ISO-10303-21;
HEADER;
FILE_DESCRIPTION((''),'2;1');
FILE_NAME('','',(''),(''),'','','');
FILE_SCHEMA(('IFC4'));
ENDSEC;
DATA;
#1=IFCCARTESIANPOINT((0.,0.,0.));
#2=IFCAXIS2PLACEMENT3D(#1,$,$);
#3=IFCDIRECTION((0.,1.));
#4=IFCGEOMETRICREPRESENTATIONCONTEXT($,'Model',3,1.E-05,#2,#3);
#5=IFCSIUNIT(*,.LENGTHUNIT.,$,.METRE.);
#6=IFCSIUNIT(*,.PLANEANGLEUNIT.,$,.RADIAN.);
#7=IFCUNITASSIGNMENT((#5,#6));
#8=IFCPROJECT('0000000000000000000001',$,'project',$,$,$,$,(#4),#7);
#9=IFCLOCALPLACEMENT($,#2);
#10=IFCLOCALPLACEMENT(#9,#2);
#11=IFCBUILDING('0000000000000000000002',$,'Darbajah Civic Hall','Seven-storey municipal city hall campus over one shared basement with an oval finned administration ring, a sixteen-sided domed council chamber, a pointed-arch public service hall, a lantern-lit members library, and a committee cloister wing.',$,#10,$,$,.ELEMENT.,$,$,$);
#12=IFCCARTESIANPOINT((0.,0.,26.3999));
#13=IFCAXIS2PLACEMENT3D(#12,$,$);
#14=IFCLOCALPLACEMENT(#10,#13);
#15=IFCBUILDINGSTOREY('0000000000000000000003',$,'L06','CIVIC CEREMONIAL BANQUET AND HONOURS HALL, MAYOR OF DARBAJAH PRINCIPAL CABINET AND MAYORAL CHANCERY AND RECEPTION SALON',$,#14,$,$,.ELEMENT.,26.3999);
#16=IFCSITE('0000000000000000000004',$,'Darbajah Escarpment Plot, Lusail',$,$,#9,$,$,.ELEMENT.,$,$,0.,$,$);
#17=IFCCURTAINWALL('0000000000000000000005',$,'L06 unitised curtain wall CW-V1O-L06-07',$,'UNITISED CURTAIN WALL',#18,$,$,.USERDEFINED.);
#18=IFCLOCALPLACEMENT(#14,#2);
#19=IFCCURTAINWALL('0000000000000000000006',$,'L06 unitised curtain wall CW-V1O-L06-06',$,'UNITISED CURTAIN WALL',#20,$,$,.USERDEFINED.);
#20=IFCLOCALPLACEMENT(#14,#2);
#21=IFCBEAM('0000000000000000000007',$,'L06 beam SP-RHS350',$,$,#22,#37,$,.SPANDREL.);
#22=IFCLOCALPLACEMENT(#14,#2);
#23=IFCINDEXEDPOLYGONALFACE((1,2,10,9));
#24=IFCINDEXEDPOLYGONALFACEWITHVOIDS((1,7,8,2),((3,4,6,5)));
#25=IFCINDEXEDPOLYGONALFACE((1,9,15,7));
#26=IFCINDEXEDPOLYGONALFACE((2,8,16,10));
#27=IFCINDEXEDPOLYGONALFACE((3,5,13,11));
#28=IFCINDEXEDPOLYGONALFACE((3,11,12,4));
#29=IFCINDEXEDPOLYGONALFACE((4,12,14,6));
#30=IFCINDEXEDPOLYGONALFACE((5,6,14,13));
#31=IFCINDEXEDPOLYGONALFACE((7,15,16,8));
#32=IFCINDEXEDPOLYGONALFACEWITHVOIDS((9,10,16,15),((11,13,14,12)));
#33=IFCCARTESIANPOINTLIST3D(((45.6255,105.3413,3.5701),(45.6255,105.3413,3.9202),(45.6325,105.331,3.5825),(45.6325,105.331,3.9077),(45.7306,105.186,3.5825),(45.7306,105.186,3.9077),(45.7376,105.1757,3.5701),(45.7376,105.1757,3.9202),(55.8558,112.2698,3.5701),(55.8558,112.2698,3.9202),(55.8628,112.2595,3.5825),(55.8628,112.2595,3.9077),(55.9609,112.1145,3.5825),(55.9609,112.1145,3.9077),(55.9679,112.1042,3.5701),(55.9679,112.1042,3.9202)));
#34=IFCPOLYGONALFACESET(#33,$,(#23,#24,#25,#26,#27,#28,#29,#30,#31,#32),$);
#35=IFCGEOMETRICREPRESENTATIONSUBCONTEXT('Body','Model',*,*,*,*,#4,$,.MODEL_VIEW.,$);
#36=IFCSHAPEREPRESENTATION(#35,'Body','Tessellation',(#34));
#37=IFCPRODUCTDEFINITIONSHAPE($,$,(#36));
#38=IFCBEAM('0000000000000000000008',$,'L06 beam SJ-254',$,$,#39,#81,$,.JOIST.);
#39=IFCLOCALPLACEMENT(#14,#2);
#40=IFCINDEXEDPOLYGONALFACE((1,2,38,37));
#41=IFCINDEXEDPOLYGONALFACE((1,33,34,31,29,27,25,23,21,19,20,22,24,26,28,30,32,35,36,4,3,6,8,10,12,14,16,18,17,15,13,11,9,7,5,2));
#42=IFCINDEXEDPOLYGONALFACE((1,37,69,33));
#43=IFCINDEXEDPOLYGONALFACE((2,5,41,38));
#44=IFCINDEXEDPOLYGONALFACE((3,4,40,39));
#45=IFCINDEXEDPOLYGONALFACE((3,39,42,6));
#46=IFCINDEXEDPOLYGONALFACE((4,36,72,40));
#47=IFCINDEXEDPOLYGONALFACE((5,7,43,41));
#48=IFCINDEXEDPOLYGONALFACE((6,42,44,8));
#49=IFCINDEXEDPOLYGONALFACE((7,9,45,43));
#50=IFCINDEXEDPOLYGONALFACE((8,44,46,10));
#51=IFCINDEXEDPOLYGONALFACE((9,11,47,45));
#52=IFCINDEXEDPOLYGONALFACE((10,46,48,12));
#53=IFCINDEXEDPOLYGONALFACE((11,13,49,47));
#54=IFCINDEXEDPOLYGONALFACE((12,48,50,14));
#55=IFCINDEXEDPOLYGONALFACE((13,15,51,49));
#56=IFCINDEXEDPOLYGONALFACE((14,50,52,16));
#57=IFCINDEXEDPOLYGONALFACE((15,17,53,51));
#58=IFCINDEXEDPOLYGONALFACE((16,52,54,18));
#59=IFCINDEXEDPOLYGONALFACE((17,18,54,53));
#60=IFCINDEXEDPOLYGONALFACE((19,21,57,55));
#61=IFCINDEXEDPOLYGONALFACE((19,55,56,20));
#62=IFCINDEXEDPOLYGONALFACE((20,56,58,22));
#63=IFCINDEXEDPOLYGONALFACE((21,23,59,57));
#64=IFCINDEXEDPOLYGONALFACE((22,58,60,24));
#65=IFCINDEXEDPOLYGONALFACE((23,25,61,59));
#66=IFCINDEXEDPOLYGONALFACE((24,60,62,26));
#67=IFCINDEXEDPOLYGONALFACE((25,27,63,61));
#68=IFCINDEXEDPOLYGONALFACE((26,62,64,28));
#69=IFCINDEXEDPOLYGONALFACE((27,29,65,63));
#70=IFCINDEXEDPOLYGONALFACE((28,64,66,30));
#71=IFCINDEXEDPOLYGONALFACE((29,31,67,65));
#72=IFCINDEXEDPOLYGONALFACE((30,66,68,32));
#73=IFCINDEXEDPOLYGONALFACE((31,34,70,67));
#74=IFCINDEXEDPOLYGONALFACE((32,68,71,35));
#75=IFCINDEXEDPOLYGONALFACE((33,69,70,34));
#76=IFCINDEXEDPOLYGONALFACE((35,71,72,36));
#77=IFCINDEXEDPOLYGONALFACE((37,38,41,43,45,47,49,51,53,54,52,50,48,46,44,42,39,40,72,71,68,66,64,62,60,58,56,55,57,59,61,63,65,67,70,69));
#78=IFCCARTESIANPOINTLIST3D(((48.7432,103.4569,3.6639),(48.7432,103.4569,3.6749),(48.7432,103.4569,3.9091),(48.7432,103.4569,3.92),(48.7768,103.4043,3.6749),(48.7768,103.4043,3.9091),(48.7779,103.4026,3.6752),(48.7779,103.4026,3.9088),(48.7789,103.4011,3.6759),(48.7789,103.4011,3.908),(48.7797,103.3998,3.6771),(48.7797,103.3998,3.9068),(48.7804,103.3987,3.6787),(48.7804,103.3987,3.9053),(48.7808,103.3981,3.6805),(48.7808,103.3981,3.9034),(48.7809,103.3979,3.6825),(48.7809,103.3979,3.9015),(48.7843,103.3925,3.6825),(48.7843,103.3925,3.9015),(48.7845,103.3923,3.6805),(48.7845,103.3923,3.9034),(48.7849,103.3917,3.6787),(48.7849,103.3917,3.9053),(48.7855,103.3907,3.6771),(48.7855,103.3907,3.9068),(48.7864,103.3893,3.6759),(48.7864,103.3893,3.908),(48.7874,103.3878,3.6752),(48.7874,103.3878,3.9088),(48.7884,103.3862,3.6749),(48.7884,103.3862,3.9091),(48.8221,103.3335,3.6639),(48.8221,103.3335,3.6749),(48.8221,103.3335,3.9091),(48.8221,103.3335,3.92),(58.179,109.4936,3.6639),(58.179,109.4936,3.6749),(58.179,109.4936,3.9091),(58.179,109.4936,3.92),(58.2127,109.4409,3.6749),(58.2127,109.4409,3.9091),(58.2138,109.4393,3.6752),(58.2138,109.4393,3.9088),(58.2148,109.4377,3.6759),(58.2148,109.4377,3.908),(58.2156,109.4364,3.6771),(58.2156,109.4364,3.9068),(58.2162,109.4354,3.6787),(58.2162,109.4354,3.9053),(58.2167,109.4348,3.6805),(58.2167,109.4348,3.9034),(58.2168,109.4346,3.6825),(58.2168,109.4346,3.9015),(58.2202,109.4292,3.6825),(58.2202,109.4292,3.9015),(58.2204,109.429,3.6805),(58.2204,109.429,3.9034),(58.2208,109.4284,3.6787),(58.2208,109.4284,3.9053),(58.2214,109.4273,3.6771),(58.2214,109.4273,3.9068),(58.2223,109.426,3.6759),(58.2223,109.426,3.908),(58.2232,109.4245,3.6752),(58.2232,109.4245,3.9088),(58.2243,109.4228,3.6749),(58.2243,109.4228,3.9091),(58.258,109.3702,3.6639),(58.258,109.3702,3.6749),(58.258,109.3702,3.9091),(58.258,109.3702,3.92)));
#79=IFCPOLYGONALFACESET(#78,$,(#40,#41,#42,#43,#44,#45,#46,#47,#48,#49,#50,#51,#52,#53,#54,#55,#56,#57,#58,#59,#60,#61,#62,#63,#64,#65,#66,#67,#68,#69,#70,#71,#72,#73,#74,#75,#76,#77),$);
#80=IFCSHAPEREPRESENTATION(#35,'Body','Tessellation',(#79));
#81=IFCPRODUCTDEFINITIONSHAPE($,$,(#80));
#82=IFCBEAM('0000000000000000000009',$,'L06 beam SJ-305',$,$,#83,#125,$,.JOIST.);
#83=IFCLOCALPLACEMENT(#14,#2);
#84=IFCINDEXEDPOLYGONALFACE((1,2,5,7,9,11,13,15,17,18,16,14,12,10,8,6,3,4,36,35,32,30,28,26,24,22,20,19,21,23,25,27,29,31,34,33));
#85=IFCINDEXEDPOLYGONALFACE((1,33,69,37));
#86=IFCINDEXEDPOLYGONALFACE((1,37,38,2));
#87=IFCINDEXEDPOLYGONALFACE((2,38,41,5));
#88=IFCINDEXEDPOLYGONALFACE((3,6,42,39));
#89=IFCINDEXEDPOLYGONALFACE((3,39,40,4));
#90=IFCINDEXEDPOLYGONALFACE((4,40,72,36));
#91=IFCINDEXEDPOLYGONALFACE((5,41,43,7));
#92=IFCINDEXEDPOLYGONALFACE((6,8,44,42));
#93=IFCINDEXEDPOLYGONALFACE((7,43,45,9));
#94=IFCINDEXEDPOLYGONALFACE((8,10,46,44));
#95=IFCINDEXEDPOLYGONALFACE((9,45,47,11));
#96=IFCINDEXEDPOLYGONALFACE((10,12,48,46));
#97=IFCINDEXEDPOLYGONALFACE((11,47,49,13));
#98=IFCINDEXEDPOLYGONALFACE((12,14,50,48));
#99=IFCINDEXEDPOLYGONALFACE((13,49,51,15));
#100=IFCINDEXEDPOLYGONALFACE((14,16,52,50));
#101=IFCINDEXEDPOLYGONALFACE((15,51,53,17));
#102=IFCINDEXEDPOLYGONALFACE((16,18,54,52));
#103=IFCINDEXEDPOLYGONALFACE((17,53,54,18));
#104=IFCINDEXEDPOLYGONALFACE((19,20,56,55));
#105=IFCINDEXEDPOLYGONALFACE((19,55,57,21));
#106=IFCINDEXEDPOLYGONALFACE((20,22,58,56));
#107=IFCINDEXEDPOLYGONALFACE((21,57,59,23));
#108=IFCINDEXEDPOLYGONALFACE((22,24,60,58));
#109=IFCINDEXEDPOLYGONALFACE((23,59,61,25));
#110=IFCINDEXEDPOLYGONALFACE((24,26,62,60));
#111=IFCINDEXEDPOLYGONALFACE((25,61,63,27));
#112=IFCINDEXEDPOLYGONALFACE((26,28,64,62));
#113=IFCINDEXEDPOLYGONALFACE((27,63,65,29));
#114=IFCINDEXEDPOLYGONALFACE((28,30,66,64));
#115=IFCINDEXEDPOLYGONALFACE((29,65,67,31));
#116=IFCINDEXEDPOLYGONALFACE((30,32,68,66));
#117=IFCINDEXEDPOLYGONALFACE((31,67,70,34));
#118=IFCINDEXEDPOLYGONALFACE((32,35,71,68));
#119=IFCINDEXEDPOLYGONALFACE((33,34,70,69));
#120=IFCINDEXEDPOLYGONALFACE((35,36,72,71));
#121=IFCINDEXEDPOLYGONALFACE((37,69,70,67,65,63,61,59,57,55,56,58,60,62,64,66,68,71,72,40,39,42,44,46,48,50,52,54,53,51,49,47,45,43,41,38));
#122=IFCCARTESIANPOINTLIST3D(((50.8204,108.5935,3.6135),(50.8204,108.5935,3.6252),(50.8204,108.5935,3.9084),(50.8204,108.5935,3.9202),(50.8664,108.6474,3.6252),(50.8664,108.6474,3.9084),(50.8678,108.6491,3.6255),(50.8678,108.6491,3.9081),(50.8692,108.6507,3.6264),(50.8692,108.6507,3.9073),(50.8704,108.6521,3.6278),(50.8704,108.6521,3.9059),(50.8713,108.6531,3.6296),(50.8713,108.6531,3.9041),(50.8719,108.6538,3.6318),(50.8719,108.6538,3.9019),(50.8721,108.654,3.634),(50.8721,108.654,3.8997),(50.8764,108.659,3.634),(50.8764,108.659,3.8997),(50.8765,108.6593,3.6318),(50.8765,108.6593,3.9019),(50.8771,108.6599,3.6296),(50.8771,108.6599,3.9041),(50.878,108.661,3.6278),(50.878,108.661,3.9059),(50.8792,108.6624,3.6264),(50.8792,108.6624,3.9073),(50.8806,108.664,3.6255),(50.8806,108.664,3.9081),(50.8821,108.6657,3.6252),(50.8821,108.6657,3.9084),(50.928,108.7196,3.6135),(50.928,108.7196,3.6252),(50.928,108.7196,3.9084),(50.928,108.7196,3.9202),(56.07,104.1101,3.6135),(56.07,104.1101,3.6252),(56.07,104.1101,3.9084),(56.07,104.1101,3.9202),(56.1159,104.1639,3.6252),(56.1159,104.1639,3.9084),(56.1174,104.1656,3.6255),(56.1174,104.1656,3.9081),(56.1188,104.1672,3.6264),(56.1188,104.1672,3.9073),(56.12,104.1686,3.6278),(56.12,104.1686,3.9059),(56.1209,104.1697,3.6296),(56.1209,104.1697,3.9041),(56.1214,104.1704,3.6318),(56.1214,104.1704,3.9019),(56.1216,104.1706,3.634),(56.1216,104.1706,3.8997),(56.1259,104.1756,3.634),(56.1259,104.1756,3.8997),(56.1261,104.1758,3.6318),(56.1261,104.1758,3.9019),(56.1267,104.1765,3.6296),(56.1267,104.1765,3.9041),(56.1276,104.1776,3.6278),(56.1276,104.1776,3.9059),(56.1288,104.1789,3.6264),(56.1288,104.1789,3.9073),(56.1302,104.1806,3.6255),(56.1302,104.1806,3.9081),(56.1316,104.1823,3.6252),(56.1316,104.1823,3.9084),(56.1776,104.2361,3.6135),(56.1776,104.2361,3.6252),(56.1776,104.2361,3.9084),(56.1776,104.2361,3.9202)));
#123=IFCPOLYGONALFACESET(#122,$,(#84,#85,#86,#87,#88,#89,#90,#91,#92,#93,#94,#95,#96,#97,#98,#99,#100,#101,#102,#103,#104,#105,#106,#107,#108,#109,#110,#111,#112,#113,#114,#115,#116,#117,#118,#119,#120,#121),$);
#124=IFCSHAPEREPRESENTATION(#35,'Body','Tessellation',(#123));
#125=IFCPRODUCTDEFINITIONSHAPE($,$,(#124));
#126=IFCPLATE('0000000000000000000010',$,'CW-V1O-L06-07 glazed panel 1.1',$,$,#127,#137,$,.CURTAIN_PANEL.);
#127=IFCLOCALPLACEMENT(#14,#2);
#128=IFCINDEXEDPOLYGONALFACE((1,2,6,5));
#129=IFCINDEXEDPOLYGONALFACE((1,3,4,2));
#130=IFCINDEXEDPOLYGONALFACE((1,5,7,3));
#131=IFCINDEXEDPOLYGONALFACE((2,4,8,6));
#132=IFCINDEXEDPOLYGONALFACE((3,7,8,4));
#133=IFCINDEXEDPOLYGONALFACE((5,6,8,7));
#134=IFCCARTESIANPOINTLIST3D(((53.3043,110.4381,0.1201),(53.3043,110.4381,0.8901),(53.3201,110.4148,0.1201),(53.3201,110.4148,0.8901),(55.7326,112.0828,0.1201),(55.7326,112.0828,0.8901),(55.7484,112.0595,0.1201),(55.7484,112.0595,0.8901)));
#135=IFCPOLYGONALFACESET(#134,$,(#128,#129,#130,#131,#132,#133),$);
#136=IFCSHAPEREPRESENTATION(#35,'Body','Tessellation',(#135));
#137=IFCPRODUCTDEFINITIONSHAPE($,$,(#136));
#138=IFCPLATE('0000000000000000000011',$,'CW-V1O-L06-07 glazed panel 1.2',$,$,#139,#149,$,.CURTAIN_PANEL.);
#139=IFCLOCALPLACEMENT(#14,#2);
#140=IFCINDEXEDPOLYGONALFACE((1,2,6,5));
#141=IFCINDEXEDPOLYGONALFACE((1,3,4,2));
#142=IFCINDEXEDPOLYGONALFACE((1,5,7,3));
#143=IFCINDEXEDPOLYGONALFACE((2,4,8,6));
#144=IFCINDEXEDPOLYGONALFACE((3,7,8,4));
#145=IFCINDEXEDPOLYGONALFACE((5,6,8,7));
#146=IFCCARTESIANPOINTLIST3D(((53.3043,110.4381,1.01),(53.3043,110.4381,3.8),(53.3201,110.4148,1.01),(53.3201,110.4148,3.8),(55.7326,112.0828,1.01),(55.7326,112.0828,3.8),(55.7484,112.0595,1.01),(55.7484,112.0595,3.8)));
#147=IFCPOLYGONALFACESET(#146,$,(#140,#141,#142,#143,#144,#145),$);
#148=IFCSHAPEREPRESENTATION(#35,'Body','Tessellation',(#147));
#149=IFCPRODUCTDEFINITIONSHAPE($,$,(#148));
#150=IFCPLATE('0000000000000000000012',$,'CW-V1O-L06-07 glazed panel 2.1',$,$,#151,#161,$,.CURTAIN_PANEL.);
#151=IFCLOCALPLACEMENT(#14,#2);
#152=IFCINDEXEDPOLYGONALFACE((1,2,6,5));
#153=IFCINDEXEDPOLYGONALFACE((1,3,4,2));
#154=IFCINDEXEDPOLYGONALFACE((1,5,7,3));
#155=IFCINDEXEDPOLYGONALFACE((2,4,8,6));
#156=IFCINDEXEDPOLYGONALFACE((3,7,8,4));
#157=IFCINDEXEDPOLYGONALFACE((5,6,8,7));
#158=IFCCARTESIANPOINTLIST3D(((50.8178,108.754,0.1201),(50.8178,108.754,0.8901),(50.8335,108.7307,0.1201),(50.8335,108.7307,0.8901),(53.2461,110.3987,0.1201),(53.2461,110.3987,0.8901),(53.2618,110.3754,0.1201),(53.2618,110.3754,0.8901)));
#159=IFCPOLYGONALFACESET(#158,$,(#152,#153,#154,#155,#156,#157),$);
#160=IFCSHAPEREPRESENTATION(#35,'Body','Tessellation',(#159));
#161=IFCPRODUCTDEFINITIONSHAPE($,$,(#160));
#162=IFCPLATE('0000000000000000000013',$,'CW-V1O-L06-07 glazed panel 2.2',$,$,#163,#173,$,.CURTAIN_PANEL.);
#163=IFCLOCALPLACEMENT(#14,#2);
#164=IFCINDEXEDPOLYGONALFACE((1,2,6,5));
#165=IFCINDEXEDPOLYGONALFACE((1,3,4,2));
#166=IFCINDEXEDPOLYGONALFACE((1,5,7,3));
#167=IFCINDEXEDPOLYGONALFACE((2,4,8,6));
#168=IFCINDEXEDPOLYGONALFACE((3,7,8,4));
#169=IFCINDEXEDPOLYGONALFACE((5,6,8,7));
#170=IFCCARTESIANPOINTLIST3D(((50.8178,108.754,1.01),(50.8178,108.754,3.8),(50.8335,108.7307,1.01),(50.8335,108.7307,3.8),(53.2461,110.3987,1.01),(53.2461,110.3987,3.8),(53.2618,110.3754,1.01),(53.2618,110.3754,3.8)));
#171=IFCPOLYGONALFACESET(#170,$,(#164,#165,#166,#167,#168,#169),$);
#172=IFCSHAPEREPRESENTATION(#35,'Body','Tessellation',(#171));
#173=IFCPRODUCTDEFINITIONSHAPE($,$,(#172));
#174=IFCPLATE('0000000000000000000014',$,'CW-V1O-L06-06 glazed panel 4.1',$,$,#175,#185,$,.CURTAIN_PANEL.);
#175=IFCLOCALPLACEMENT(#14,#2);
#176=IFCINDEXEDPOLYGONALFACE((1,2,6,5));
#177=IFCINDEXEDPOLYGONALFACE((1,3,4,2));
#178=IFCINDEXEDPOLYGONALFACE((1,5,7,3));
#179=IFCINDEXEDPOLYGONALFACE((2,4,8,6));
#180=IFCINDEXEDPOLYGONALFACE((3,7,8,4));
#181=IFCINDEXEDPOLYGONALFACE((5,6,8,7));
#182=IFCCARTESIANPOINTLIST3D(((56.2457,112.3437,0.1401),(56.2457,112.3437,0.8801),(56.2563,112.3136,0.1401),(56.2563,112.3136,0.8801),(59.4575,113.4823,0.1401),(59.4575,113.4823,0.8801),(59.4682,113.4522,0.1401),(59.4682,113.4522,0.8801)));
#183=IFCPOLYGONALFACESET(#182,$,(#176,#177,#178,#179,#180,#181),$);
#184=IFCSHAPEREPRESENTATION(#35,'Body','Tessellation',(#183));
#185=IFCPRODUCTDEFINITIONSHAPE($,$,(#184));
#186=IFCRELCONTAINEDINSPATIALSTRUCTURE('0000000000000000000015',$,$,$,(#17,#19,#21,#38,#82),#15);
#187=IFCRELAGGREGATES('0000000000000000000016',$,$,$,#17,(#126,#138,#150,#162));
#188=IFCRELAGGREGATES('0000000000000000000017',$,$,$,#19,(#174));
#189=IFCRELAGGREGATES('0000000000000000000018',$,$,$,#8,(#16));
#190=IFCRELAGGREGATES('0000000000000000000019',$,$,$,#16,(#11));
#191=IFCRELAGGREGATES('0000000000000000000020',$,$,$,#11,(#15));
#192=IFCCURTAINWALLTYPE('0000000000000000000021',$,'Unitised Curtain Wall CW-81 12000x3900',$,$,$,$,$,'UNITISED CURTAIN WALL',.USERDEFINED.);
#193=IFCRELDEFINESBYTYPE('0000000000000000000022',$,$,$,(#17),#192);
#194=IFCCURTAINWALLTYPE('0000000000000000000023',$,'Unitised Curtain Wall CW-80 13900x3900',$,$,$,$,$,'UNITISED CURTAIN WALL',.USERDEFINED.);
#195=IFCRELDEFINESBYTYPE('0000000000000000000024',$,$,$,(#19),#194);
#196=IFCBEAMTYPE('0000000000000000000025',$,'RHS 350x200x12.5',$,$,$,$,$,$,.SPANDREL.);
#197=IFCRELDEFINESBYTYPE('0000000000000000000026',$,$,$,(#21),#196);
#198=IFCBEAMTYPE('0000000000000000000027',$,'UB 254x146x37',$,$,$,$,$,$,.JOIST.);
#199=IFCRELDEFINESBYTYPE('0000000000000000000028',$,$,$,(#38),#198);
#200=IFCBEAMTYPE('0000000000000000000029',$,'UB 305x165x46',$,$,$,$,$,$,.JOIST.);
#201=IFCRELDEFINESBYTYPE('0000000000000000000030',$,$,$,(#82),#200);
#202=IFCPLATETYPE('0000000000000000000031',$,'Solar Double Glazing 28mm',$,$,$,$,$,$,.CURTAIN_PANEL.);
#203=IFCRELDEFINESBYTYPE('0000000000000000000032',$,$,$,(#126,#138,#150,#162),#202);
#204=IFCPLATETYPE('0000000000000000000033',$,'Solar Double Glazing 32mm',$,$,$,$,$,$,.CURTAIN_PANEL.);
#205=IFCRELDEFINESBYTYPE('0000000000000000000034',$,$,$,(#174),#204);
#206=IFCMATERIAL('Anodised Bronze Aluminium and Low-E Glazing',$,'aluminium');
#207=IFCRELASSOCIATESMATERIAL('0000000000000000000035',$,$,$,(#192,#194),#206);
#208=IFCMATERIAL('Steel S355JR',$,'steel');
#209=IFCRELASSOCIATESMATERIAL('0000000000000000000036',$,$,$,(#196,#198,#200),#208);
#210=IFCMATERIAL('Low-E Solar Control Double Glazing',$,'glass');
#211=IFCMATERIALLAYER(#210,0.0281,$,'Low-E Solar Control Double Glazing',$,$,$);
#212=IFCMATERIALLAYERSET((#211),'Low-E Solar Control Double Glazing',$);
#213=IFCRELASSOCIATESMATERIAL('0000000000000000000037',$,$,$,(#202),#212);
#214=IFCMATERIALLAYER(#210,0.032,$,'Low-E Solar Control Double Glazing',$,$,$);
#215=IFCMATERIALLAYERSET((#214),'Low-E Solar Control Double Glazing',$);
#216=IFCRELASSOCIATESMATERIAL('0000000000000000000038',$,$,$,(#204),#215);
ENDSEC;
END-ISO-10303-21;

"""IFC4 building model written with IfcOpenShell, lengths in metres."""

from ifc_helpers import new_model, si_unit, direction, frame, origin, origin_2d, place, context, subcontext, project, spatial, rectangle, hollow_rectangle, i_section, extrude, material, layer, layer_set, material_profile, profile_set, type_object, element, aggregate, save


model = new_model("IFC4")

# Units and contexts
model_context = context("Model", 3, precision=1e-05, world=origin(), true_north=direction((0.0, 1.0)))
body_context = subcontext(model_context, "Body", "Model", "MODEL_VIEW")
ifc_project = project(units=[si_unit("LENGTHUNIT", "METRE"), si_unit("PLANEANGLEUNIT", "RADIAN")], contexts=[model_context])

# Site, building, storey
site_placement = place(None, origin())
site = spatial("IfcSite", under=ifc_project, at=site_placement, Name="Darbajah Escarpment Plot, Lusail", CompositionType="ELEMENT", RefElevation=0.0)
building_placement = place(site_placement, origin())
building = spatial("IfcBuilding", under=site, at=building_placement, Name="Darbajah Civic Hall", Description="Seven-storey municipal city hall campus over one shared basement with an oval finned administration ring, a sixteen-sided domed council chamber, a pointed-arch public service hall, a lantern-lit members library, and a committee cloister wing.", CompositionType="ELEMENT")
storey_placement = place(building_placement, frame((0.0, 0.0, 26.3999)))
storey = spatial("IfcBuildingStorey", under=building, at=storey_placement, Name="L06", Description="CIVIC CEREMONIAL BANQUET AND HONOURS HALL, MAYOR OF DARBAJAH PRINCIPAL CABINET AND MAYORAL CHANCERY AND RECEPTION SALON", CompositionType="ELEMENT", Elevation=26.3999)

# Curtain wall
ifc_material_1 = material(Name="Anodised Bronze Aluminium and Low-E Glazing", Category="aluminium")
curtain_wall_type_1 = type_object("IfcCurtainWallType", Name="Unitised Curtain Wall CW-81 12000x3900", ElementType="UNITISED CURTAIN WALL", PredefinedType="USERDEFINED", material=ifc_material_1)
curtain_wall_1_placement = place(storey_placement, origin())
curtain_wall_1 = element("IfcCurtainWall", 1, at=curtain_wall_1_placement, inside=storey, type_object=curtain_wall_type_1, Name="L06 unitised curtain wall CW-V1O-L06-07", ObjectType="UNITISED CURTAIN WALL", PredefinedType="USERDEFINED")

# Curtain wall
curtain_wall_type_2 = type_object("IfcCurtainWallType", Name="Unitised Curtain Wall CW-80 13900x3900", ElementType="UNITISED CURTAIN WALL", PredefinedType="USERDEFINED", material=ifc_material_1)
curtain_wall_2_placement = place(storey_placement, origin())
curtain_wall_2 = element("IfcCurtainWall", 2, at=curtain_wall_2_placement, inside=storey, type_object=curtain_wall_type_2, Name="L06 unitised curtain wall CW-V1O-L06-06", ObjectType="UNITISED CURTAIN WALL", PredefinedType="USERDEFINED")

# Beams
ifc_material_2 = material(Name="Steel S355JR", Category="steel")
ifc_material_profile_1 = material_profile(ifc_material_2, hollow_rectangle(XDim=0.2, YDim=0.3501, WallThickness=0.0125, at=origin_2d()), Name="RHS 350x200x12.5")
ifc_profile_set_1 = profile_set([ifc_material_profile_1], Name="Steel S355JR")
beam_type_1 = type_object("IfcBeamType", Name="RHS 350x200x12.5", PredefinedType="SPANDREL", material=ifc_profile_set_1)
beam_1_placement = place(storey_placement, frame((55.9119, 112.187, 3.7451), z_axis=(-0.827982, -0.560755, 0.0), x_axis=(0.560755, -0.827982, 0.0)))
element("IfcBeam", 3, at=beam_1_placement, inside=storey, type_object=beam_type_1, Name="L06 beam SP-RHS350", PredefinedType="SPANDREL", context=body_context, shape_type="SweptSolid", body=[
    extrude(hollow_rectangle(XDim=0.2, YDim=0.3501, WallThickness=0.0125, at=origin_2d()), origin(), (0.0, 0.0, 1.0), 12.3557),
])
ifc_material_profile_2 = material_profile(ifc_material_2, i_section(OverallWidth=0.1465, OverallDepth=0.2561, WebThickness=0.0063, FlangeThickness=0.011, FilletRadius=0.0076, at=origin_2d()), Name="UB 254x146x37")
ifc_profile_set_2 = profile_set([ifc_material_profile_2], Name="Steel S355JR")
beam_type_2 = type_object("IfcBeamType", Name="UB 254x146x37", PredefinedType="JOIST", material=ifc_profile_set_2)
beam_2_placement = place(storey_placement, frame((58.2185, 109.4319, 3.792), z_axis=(-0.842364, -0.538909, 0.0), x_axis=(0.538909, -0.842364, 0.0)))
element("IfcBeam", 4, at=beam_2_placement, inside=storey, type_object=beam_type_2, Name="L06 beam SJ-254", PredefinedType="JOIST", context=body_context, shape_type="SweptSolid", body=[
    extrude(i_section(OverallWidth=0.1465, OverallDepth=0.2561, WebThickness=0.0063, FlangeThickness=0.011, FilletRadius=0.0076, at=origin_2d()), origin(), (0.0, 0.0, 1.0), 11.2017),
])
ifc_material_profile_3 = material_profile(ifc_material_2, i_section(OverallWidth=0.1658, OverallDepth=0.3066, WebThickness=0.0066, FlangeThickness=0.0117, FilletRadius=0.0088, at=origin_2d()), Name="UB 305x165x46")
ifc_profile_set_3 = profile_set([ifc_material_profile_3], Name="Steel S355JR")
beam_type_3 = type_object("IfcBeamType", Name="UB 305x165x46", PredefinedType="JOIST", material=ifc_profile_set_3)
beam_3_placement = place(storey_placement, frame((56.1238, 104.1731, 3.7668), z_axis=(-0.760414, 0.649439, 0.0), x_axis=(-0.649439, -0.760414, 0.0)))
element("IfcBeam", 5, at=beam_3_placement, inside=storey, type_object=beam_type_3, Name="L06 beam SJ-305", PredefinedType="JOIST", context=body_context, shape_type="SweptSolid", body=[
    extrude(i_section(OverallWidth=0.1658, OverallDepth=0.3066, WebThickness=0.0066, FlangeThickness=0.0117, FilletRadius=0.0088, at=origin_2d()), origin(), (0.0, 0.0, 1.0), 6.9036),
])

# Plates
ifc_material_3 = material(Name="Low-E Solar Control Double Glazing", Category="glass")
ifc_layer_1 = layer(ifc_material_3, 0.0281, Name="Low-E Solar Control Double Glazing")
ifc_layer_set_1 = layer_set([ifc_layer_1], Name="Low-E Solar Control Double Glazing")
plate_type_1 = type_object("IfcPlateType", Name="Solar Double Glazing 28mm", PredefinedType="CURTAIN_PANEL", material=ifc_layer_set_1)
plate_1_placement = place(storey_placement, frame((54.5264, 111.2488, 0.1201), z_axis=(0.0, 0.0, 1.0), x_axis=(-0.827962, -0.560784, 0.0)))
plate_1 = element("IfcPlate", 6, at=plate_1_placement, type_object=plate_type_1, Name="CW-V1O-L06-07 glazed panel 1.1", PredefinedType="CURTAIN_PANEL", context=body_context, shape_type="SweptSolid", body=[
    extrude(rectangle(XDim=2.9329, YDim=0.0281, at=origin_2d()), origin(), (0.0, 0.0, 1.0), 0.77),
])
plate_2_placement = place(storey_placement, frame((54.5264, 111.2488, 1.01), z_axis=(0.0, 0.0, 1.0), x_axis=(-0.827962, -0.560784, 0.0)))
plate_2 = element("IfcPlate", 7, at=plate_2_placement, type_object=plate_type_1, Name="CW-V1O-L06-07 glazed panel 1.2", PredefinedType="CURTAIN_PANEL", context=body_context, shape_type="SweptSolid", body=[
    extrude(rectangle(XDim=2.9329, YDim=0.0281, at=origin_2d()), origin(), (0.0, 0.0, 1.0), 2.79),
])
plate_3_placement = place(storey_placement, frame((52.0398, 109.5647, 0.1201), z_axis=(0.0, 0.0, 1.0), x_axis=(-0.827962, -0.560784, 0.0)))
plate_3 = element("IfcPlate", 8, at=plate_3_placement, type_object=plate_type_1, Name="CW-V1O-L06-07 glazed panel 2.1", PredefinedType="CURTAIN_PANEL", context=body_context, shape_type="SweptSolid", body=[
    extrude(rectangle(XDim=2.9329, YDim=0.0281, at=origin_2d()), origin(), (0.0, 0.0, 1.0), 0.77),
])
plate_4_placement = place(storey_placement, frame((52.0398, 109.5647, 1.01), z_axis=(0.0, 0.0, 1.0), x_axis=(-0.827962, -0.560784, 0.0)))
plate_4 = element("IfcPlate", 9, at=plate_4_placement, type_object=plate_type_1, Name="CW-V1O-L06-07 glazed panel 2.2", PredefinedType="CURTAIN_PANEL", context=body_context, shape_type="SweptSolid", body=[
    extrude(rectangle(XDim=2.9329, YDim=0.0281, at=origin_2d()), origin(), (0.0, 0.0, 1.0), 2.79),
])
aggregate(curtain_wall_1, [plate_1, plate_2, plate_3, plate_4])
ifc_layer_2 = layer(ifc_material_3, 0.032, Name="Low-E Solar Control Double Glazing")
ifc_layer_set_2 = layer_set([ifc_layer_2], Name="Low-E Solar Control Double Glazing")
plate_type_2 = type_object("IfcPlateType", Name="Solar Double Glazing 32mm", PredefinedType="CURTAIN_PANEL", material=ifc_layer_set_2)
plate_5_placement = place(storey_placement, frame((57.8569, 112.8979, 0.1401), z_axis=(0.0, 0.0, 1.0), x_axis=(-0.942525, -0.334136, 0.0)))
plate_5 = element("IfcPlate", 10, at=plate_5_placement, type_object=plate_type_2, Name="CW-V1O-L06-06 glazed panel 4.1", PredefinedType="CURTAIN_PANEL", context=body_context, shape_type="SweptSolid", body=[
    extrude(rectangle(XDim=3.4077, YDim=0.032, at=origin_2d()), origin(), (0.0, 0.0, 1.0), 0.74),
])
aggregate(curtain_wall_2, [plate_5])

save(model, "model.ifc")
